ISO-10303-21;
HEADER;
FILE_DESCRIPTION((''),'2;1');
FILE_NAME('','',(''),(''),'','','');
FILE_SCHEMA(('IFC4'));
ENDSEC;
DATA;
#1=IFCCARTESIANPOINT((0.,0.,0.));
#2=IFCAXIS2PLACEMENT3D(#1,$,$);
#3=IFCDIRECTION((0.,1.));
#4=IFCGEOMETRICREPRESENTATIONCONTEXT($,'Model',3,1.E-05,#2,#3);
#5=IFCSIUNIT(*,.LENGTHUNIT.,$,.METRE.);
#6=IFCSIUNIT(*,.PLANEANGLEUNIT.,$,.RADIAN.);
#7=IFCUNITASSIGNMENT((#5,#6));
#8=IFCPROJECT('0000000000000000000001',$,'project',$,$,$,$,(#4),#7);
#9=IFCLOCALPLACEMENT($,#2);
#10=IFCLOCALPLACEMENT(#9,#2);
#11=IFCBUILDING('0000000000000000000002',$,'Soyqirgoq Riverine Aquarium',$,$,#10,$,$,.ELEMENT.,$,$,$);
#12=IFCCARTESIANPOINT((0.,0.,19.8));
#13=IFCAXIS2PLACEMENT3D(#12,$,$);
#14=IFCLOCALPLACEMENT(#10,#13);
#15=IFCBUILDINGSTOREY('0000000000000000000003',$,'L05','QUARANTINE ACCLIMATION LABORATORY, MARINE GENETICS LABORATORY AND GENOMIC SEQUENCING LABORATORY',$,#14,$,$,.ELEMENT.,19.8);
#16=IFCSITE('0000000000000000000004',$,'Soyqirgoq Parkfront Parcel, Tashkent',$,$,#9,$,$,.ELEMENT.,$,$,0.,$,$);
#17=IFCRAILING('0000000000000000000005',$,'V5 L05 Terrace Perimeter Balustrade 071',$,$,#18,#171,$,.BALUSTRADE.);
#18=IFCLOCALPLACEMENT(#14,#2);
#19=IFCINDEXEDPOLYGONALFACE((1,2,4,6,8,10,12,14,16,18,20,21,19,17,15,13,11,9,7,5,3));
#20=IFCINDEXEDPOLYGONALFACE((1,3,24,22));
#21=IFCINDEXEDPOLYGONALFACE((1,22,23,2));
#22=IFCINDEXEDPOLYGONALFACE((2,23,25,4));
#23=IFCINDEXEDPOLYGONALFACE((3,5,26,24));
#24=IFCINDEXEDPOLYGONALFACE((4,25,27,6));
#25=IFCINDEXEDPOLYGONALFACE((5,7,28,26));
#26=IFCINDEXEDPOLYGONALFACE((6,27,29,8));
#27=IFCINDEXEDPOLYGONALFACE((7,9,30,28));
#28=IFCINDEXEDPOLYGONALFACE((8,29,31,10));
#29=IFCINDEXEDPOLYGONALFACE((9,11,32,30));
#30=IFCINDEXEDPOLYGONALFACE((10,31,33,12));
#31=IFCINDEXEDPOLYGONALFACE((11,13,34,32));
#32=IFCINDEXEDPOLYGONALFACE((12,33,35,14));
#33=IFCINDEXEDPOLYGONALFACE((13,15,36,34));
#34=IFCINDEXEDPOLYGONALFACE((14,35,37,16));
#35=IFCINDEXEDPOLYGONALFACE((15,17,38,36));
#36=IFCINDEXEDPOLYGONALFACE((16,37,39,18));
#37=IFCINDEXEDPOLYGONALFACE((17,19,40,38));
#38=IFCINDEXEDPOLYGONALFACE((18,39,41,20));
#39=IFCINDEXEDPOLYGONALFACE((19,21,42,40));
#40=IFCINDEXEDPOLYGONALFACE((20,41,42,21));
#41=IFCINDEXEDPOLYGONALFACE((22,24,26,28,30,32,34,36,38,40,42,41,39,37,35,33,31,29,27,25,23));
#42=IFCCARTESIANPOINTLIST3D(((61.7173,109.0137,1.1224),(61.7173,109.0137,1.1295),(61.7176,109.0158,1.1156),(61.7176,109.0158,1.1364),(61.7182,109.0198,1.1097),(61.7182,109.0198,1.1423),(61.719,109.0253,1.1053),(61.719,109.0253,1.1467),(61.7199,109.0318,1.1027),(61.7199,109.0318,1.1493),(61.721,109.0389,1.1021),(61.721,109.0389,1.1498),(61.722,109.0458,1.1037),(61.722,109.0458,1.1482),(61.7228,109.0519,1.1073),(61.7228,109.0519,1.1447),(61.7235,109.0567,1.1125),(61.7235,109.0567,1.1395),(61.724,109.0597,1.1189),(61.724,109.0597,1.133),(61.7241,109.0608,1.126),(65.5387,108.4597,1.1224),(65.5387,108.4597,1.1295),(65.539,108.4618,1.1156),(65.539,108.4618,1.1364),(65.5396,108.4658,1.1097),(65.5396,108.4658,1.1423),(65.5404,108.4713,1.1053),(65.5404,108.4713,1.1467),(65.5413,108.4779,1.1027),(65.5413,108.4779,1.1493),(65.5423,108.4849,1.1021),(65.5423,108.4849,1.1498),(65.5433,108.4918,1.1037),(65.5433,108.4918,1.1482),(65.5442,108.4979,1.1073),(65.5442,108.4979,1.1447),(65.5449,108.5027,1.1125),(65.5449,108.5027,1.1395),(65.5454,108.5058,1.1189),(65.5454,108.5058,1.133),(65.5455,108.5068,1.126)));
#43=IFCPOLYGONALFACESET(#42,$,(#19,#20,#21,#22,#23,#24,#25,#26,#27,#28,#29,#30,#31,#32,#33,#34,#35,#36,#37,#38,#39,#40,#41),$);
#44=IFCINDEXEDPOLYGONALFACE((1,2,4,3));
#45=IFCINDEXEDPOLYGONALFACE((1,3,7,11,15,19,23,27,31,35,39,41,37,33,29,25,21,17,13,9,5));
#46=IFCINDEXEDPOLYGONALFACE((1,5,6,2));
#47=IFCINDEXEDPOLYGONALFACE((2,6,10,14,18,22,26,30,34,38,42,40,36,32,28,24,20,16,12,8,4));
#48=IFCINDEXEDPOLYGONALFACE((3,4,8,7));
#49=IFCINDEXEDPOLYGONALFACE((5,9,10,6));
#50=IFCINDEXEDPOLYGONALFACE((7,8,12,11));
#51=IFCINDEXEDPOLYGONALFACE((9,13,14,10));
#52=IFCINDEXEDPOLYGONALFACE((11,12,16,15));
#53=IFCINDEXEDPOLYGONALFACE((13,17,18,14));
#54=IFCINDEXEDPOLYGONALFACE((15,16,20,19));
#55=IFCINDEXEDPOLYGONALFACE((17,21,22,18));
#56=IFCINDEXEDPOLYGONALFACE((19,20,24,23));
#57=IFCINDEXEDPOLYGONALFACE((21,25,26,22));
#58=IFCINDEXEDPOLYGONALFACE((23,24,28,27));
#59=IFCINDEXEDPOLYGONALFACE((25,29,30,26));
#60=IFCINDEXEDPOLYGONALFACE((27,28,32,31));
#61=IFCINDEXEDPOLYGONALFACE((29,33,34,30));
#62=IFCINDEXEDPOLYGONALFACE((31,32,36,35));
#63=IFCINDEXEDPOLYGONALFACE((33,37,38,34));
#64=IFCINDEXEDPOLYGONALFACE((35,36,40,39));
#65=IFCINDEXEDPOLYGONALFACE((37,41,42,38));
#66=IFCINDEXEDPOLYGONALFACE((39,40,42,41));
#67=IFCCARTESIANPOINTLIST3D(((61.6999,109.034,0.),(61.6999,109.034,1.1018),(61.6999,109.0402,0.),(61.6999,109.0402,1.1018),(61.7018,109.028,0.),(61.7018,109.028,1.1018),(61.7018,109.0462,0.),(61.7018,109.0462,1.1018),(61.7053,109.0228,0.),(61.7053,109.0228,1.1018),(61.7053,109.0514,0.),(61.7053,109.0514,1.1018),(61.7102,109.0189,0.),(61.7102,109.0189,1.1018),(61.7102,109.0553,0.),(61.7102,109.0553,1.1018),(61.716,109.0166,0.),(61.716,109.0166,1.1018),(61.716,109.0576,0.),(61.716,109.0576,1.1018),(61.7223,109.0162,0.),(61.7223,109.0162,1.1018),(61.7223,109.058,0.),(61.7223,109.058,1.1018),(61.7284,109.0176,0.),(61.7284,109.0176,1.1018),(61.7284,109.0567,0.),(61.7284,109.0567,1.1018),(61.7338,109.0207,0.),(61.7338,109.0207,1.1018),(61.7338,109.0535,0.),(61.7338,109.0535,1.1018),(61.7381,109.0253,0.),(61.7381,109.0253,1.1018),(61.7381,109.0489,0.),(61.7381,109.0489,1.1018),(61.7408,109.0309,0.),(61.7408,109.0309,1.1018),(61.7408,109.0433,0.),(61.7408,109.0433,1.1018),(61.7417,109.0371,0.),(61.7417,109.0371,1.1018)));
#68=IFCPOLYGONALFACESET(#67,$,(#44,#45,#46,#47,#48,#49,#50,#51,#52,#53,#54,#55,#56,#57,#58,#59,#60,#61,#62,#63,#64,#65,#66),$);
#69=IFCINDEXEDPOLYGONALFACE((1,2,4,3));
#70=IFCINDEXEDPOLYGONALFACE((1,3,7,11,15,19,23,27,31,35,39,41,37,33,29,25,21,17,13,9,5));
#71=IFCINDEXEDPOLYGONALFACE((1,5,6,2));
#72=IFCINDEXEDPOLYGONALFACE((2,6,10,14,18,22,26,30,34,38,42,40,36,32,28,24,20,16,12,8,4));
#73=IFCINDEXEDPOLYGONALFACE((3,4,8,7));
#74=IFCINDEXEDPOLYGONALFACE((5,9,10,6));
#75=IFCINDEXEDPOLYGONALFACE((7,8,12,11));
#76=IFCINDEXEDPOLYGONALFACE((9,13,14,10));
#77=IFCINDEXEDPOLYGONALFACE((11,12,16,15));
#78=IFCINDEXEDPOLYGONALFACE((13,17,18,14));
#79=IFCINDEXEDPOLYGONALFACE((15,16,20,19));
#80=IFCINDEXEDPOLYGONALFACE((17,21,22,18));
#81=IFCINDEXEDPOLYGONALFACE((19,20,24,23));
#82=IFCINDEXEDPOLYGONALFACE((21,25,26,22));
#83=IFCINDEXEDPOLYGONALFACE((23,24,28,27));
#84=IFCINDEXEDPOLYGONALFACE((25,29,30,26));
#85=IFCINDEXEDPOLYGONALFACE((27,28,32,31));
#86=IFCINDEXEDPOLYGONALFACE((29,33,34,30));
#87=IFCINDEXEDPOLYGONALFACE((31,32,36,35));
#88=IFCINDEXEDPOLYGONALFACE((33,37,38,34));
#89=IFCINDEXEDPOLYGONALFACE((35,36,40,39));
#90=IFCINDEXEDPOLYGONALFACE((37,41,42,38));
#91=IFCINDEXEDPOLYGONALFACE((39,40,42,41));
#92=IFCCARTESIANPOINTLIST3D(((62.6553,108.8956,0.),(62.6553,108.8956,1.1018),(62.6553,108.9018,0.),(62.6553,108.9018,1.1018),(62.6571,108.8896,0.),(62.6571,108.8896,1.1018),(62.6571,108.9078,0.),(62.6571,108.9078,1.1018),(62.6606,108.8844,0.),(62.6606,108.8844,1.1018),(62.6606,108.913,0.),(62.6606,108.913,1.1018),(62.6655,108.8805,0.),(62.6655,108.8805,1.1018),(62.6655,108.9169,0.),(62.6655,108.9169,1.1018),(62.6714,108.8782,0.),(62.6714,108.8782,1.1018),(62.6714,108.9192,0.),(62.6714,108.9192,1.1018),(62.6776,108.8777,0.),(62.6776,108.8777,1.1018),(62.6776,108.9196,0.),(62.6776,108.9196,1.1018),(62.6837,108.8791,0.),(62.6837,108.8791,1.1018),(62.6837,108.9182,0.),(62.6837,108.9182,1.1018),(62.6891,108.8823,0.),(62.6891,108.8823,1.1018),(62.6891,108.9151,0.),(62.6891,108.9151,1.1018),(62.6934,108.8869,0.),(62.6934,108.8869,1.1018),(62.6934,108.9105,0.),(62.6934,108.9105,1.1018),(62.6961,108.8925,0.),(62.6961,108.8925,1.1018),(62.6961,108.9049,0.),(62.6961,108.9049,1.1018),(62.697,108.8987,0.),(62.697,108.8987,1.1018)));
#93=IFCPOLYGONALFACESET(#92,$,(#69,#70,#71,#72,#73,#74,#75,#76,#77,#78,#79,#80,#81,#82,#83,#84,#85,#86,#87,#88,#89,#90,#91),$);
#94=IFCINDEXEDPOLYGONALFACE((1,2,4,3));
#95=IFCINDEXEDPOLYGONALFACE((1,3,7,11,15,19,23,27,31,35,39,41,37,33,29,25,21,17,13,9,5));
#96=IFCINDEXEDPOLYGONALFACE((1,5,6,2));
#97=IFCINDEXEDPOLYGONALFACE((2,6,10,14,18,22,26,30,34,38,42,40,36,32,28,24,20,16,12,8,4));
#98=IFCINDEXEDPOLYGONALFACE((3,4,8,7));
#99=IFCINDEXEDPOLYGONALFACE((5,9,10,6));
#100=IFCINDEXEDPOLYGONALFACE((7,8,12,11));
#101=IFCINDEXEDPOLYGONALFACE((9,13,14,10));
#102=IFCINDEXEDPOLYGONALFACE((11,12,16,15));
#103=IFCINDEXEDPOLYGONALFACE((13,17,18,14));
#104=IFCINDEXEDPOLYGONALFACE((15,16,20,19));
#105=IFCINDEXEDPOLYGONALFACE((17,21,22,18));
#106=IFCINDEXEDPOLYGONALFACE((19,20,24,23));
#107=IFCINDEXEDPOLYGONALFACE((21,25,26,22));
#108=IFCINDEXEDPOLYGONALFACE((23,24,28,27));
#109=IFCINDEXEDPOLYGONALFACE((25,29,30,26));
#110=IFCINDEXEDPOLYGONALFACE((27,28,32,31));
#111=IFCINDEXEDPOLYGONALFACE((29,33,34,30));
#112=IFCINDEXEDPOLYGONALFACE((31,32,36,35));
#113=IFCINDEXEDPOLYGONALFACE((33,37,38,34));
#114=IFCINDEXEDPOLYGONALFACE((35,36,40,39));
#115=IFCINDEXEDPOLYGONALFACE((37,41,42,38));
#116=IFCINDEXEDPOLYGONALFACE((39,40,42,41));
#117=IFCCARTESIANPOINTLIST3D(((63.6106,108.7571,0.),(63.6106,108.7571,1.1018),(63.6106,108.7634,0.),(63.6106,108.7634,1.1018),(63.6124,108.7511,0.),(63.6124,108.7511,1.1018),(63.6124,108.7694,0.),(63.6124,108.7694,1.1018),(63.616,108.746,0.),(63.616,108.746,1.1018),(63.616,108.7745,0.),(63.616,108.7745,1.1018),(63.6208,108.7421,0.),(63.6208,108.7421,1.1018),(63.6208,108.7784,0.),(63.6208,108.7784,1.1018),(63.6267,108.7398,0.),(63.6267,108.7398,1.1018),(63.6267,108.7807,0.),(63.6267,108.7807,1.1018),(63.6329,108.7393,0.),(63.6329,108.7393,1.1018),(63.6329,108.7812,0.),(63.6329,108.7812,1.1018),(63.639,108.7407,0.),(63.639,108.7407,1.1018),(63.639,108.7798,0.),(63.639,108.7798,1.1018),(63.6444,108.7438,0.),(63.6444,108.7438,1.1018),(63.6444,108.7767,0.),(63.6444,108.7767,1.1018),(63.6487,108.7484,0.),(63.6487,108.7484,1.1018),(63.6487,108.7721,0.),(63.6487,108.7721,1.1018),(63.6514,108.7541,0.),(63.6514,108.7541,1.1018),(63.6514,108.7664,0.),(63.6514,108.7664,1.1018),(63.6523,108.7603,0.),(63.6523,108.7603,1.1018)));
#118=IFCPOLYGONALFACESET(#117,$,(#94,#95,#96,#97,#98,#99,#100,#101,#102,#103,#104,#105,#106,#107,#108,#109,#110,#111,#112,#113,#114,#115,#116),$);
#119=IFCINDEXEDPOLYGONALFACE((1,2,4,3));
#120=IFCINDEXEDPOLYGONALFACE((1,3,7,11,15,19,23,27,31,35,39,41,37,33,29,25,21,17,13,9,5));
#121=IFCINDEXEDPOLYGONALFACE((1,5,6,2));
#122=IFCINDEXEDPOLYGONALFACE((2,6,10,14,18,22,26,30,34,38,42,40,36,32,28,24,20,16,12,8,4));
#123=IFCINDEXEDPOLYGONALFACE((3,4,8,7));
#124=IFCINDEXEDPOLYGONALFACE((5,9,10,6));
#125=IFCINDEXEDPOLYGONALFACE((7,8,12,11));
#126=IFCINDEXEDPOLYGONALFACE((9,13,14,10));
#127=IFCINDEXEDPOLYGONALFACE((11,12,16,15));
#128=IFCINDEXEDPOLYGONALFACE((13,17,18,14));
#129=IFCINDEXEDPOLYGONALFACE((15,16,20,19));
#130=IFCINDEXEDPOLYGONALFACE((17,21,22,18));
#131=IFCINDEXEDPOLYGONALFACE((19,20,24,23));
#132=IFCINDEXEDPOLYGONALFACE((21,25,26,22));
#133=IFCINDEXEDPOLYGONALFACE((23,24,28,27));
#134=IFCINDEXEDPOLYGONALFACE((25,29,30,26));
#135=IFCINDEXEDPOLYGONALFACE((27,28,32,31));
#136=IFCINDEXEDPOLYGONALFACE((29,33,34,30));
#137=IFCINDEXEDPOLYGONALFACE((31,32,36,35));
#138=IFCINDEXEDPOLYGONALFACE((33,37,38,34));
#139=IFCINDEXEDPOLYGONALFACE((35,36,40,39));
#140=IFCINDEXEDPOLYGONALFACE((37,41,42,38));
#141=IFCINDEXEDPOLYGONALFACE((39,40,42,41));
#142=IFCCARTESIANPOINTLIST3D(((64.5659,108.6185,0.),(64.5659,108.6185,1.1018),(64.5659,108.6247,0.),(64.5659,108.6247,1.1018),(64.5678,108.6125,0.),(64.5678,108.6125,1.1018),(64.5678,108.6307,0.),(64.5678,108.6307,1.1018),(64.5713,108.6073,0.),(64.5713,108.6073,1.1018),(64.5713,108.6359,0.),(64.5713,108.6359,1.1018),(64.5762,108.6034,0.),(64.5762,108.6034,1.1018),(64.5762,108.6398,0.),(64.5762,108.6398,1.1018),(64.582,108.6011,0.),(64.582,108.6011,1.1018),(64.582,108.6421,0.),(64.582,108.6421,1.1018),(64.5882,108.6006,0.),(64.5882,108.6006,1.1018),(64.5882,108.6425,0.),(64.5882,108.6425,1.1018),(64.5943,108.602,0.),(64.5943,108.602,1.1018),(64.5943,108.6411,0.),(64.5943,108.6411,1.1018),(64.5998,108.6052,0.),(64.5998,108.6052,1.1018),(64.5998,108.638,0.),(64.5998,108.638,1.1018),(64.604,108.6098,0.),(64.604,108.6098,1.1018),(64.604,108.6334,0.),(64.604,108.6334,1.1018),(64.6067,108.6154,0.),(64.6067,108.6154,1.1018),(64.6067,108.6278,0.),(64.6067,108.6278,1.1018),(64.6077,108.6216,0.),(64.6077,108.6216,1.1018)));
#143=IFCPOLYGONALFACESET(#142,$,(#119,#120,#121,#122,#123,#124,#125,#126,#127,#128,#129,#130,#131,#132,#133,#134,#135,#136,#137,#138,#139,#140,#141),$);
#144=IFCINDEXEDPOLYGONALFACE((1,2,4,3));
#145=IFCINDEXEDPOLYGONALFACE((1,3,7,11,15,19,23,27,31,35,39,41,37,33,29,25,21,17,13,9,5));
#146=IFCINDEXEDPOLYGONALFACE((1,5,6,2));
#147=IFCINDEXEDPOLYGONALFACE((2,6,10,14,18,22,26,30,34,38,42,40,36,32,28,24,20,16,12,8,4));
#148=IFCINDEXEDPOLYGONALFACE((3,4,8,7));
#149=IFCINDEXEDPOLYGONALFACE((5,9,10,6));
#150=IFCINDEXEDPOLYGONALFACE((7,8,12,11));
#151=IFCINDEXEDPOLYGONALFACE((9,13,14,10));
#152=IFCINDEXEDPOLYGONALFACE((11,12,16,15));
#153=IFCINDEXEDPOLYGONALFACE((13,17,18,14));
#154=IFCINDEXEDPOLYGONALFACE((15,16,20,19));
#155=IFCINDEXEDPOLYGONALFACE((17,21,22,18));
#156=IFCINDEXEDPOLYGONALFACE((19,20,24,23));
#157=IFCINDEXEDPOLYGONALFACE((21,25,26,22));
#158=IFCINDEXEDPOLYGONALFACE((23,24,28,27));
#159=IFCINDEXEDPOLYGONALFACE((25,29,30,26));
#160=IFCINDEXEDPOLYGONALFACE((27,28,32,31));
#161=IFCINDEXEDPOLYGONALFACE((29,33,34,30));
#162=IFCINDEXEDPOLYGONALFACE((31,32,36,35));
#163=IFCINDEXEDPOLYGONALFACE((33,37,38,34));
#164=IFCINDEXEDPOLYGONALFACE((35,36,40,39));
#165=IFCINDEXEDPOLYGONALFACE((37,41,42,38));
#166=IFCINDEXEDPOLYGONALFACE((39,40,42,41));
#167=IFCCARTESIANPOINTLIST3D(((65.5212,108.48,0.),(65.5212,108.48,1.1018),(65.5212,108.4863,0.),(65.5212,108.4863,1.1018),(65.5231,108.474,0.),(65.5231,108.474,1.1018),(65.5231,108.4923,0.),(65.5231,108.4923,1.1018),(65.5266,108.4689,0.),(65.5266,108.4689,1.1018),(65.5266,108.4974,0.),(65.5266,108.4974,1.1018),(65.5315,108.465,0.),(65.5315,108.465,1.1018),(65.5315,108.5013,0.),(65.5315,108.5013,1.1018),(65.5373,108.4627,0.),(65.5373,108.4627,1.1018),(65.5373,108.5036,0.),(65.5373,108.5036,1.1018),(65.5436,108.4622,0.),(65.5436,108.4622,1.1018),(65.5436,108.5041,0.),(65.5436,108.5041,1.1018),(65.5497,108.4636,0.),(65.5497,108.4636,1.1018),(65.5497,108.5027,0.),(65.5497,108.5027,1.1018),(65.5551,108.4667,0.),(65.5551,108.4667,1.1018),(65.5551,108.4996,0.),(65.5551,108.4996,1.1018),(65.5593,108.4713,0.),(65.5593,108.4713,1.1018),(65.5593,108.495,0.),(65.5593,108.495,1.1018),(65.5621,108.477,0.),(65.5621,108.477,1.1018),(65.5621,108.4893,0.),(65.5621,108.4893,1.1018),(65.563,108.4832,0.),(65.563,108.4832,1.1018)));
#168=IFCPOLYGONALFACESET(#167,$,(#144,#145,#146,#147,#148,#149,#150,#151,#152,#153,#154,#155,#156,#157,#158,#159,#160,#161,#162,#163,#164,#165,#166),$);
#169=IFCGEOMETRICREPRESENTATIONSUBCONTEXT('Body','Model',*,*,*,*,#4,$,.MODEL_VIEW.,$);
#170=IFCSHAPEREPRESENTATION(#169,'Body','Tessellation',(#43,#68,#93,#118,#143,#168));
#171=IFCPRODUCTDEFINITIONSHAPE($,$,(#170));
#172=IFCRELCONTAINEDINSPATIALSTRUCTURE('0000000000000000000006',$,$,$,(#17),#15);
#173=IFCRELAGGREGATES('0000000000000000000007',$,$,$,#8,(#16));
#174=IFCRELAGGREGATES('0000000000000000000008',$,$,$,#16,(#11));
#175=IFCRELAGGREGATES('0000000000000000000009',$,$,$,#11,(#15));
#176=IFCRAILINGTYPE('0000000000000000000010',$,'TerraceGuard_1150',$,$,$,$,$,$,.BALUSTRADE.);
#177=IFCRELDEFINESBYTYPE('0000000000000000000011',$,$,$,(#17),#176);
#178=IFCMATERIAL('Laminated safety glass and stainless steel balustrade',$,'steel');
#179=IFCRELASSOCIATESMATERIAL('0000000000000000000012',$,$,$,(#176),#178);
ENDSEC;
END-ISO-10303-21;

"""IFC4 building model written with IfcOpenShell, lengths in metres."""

from ifc_helpers import new_model, si_unit, direction, frame, origin, origin_2d, place, context, subcontext, project, spatial, circle, extrude, material, type_object, element, save


model = new_model("IFC4")

# Units and contexts
model_context = context("Model", 3, precision=1e-05, world=origin(), true_north=direction((0.0, 1.0)))
body_context = subcontext(model_context, "Body", "Model", "MODEL_VIEW")
ifc_project = project(units=[si_unit("LENGTHUNIT", "METRE"), si_unit("PLANEANGLEUNIT", "RADIAN")], contexts=[model_context])

# Site, building, storey
site_placement = place(None, origin())
site = spatial("IfcSite", under=ifc_project, at=site_placement, Name="Soyqirgoq Parkfront Parcel, Tashkent", CompositionType="ELEMENT", RefElevation=0.0)
building_placement = place(site_placement, origin())
building = spatial("IfcBuilding", under=site, at=building_placement, Name="Soyqirgoq Riverine Aquarium", CompositionType="ELEMENT")
storey_placement = place(building_placement, frame((0.0, 0.0, 19.8)))
storey = spatial("IfcBuildingStorey", under=building, at=storey_placement, Name="L05", Description="QUARANTINE ACCLIMATION LABORATORY, MARINE GENETICS LABORATORY AND GENOMIC SEQUENCING LABORATORY", CompositionType="ELEMENT", Elevation=19.8)

# Railing
ifc_material_1 = material(Name="Laminated safety glass and stainless steel balustrade", Category="steel")
railing_type = type_object("IfcRailingType", Name="TerraceGuard_1150", PredefinedType="BALUSTRADE", material=ifc_material_1)
railing_1_placement = place(storey_placement, frame((61.7207, 109.0371, 0.0)))
element("IfcRailing", 1, at=railing_1_placement, inside=storey, type_object=railing_type, Name="V5 L05 Terrace Perimeter Balustrade 071", PredefinedType="BALUSTRADE", context=body_context, shape_type="SweptSolid", body=[
    extrude(circle(Radius=0.0239, at=origin_2d()), frame((0.0, 0.0, 1.126), z_axis=(0.989655, -0.143466, 0.0), x_axis=(0.143466, 0.989655, 0.0)), (0.0, 0.0, 1.0), 3.8613),
    extrude(circle(Radius=0.021, at=origin_2d()), origin(), (0.0, 0.0, 1.0), 1.1018),
    extrude(circle(Radius=0.021, at=origin_2d()), frame((0.9553, -0.1384, 0.0)), (0.0, 0.0, 1.0), 1.1018),
    extrude(circle(Radius=0.021, at=origin_2d()), frame((1.9106, -0.2769, 0.0)), (0.0, 0.0, 1.0), 1.1018),
    extrude(circle(Radius=0.021, at=origin_2d()), frame((2.866, -0.4155, 0.0)), (0.0, 0.0, 1.0), 1.1018),
    extrude(circle(Radius=0.021, at=origin_2d()), frame((3.8213, -0.554, 0.0)), (0.0, 0.0, 1.0), 1.1018),
])

save(model, "model.ifc")
